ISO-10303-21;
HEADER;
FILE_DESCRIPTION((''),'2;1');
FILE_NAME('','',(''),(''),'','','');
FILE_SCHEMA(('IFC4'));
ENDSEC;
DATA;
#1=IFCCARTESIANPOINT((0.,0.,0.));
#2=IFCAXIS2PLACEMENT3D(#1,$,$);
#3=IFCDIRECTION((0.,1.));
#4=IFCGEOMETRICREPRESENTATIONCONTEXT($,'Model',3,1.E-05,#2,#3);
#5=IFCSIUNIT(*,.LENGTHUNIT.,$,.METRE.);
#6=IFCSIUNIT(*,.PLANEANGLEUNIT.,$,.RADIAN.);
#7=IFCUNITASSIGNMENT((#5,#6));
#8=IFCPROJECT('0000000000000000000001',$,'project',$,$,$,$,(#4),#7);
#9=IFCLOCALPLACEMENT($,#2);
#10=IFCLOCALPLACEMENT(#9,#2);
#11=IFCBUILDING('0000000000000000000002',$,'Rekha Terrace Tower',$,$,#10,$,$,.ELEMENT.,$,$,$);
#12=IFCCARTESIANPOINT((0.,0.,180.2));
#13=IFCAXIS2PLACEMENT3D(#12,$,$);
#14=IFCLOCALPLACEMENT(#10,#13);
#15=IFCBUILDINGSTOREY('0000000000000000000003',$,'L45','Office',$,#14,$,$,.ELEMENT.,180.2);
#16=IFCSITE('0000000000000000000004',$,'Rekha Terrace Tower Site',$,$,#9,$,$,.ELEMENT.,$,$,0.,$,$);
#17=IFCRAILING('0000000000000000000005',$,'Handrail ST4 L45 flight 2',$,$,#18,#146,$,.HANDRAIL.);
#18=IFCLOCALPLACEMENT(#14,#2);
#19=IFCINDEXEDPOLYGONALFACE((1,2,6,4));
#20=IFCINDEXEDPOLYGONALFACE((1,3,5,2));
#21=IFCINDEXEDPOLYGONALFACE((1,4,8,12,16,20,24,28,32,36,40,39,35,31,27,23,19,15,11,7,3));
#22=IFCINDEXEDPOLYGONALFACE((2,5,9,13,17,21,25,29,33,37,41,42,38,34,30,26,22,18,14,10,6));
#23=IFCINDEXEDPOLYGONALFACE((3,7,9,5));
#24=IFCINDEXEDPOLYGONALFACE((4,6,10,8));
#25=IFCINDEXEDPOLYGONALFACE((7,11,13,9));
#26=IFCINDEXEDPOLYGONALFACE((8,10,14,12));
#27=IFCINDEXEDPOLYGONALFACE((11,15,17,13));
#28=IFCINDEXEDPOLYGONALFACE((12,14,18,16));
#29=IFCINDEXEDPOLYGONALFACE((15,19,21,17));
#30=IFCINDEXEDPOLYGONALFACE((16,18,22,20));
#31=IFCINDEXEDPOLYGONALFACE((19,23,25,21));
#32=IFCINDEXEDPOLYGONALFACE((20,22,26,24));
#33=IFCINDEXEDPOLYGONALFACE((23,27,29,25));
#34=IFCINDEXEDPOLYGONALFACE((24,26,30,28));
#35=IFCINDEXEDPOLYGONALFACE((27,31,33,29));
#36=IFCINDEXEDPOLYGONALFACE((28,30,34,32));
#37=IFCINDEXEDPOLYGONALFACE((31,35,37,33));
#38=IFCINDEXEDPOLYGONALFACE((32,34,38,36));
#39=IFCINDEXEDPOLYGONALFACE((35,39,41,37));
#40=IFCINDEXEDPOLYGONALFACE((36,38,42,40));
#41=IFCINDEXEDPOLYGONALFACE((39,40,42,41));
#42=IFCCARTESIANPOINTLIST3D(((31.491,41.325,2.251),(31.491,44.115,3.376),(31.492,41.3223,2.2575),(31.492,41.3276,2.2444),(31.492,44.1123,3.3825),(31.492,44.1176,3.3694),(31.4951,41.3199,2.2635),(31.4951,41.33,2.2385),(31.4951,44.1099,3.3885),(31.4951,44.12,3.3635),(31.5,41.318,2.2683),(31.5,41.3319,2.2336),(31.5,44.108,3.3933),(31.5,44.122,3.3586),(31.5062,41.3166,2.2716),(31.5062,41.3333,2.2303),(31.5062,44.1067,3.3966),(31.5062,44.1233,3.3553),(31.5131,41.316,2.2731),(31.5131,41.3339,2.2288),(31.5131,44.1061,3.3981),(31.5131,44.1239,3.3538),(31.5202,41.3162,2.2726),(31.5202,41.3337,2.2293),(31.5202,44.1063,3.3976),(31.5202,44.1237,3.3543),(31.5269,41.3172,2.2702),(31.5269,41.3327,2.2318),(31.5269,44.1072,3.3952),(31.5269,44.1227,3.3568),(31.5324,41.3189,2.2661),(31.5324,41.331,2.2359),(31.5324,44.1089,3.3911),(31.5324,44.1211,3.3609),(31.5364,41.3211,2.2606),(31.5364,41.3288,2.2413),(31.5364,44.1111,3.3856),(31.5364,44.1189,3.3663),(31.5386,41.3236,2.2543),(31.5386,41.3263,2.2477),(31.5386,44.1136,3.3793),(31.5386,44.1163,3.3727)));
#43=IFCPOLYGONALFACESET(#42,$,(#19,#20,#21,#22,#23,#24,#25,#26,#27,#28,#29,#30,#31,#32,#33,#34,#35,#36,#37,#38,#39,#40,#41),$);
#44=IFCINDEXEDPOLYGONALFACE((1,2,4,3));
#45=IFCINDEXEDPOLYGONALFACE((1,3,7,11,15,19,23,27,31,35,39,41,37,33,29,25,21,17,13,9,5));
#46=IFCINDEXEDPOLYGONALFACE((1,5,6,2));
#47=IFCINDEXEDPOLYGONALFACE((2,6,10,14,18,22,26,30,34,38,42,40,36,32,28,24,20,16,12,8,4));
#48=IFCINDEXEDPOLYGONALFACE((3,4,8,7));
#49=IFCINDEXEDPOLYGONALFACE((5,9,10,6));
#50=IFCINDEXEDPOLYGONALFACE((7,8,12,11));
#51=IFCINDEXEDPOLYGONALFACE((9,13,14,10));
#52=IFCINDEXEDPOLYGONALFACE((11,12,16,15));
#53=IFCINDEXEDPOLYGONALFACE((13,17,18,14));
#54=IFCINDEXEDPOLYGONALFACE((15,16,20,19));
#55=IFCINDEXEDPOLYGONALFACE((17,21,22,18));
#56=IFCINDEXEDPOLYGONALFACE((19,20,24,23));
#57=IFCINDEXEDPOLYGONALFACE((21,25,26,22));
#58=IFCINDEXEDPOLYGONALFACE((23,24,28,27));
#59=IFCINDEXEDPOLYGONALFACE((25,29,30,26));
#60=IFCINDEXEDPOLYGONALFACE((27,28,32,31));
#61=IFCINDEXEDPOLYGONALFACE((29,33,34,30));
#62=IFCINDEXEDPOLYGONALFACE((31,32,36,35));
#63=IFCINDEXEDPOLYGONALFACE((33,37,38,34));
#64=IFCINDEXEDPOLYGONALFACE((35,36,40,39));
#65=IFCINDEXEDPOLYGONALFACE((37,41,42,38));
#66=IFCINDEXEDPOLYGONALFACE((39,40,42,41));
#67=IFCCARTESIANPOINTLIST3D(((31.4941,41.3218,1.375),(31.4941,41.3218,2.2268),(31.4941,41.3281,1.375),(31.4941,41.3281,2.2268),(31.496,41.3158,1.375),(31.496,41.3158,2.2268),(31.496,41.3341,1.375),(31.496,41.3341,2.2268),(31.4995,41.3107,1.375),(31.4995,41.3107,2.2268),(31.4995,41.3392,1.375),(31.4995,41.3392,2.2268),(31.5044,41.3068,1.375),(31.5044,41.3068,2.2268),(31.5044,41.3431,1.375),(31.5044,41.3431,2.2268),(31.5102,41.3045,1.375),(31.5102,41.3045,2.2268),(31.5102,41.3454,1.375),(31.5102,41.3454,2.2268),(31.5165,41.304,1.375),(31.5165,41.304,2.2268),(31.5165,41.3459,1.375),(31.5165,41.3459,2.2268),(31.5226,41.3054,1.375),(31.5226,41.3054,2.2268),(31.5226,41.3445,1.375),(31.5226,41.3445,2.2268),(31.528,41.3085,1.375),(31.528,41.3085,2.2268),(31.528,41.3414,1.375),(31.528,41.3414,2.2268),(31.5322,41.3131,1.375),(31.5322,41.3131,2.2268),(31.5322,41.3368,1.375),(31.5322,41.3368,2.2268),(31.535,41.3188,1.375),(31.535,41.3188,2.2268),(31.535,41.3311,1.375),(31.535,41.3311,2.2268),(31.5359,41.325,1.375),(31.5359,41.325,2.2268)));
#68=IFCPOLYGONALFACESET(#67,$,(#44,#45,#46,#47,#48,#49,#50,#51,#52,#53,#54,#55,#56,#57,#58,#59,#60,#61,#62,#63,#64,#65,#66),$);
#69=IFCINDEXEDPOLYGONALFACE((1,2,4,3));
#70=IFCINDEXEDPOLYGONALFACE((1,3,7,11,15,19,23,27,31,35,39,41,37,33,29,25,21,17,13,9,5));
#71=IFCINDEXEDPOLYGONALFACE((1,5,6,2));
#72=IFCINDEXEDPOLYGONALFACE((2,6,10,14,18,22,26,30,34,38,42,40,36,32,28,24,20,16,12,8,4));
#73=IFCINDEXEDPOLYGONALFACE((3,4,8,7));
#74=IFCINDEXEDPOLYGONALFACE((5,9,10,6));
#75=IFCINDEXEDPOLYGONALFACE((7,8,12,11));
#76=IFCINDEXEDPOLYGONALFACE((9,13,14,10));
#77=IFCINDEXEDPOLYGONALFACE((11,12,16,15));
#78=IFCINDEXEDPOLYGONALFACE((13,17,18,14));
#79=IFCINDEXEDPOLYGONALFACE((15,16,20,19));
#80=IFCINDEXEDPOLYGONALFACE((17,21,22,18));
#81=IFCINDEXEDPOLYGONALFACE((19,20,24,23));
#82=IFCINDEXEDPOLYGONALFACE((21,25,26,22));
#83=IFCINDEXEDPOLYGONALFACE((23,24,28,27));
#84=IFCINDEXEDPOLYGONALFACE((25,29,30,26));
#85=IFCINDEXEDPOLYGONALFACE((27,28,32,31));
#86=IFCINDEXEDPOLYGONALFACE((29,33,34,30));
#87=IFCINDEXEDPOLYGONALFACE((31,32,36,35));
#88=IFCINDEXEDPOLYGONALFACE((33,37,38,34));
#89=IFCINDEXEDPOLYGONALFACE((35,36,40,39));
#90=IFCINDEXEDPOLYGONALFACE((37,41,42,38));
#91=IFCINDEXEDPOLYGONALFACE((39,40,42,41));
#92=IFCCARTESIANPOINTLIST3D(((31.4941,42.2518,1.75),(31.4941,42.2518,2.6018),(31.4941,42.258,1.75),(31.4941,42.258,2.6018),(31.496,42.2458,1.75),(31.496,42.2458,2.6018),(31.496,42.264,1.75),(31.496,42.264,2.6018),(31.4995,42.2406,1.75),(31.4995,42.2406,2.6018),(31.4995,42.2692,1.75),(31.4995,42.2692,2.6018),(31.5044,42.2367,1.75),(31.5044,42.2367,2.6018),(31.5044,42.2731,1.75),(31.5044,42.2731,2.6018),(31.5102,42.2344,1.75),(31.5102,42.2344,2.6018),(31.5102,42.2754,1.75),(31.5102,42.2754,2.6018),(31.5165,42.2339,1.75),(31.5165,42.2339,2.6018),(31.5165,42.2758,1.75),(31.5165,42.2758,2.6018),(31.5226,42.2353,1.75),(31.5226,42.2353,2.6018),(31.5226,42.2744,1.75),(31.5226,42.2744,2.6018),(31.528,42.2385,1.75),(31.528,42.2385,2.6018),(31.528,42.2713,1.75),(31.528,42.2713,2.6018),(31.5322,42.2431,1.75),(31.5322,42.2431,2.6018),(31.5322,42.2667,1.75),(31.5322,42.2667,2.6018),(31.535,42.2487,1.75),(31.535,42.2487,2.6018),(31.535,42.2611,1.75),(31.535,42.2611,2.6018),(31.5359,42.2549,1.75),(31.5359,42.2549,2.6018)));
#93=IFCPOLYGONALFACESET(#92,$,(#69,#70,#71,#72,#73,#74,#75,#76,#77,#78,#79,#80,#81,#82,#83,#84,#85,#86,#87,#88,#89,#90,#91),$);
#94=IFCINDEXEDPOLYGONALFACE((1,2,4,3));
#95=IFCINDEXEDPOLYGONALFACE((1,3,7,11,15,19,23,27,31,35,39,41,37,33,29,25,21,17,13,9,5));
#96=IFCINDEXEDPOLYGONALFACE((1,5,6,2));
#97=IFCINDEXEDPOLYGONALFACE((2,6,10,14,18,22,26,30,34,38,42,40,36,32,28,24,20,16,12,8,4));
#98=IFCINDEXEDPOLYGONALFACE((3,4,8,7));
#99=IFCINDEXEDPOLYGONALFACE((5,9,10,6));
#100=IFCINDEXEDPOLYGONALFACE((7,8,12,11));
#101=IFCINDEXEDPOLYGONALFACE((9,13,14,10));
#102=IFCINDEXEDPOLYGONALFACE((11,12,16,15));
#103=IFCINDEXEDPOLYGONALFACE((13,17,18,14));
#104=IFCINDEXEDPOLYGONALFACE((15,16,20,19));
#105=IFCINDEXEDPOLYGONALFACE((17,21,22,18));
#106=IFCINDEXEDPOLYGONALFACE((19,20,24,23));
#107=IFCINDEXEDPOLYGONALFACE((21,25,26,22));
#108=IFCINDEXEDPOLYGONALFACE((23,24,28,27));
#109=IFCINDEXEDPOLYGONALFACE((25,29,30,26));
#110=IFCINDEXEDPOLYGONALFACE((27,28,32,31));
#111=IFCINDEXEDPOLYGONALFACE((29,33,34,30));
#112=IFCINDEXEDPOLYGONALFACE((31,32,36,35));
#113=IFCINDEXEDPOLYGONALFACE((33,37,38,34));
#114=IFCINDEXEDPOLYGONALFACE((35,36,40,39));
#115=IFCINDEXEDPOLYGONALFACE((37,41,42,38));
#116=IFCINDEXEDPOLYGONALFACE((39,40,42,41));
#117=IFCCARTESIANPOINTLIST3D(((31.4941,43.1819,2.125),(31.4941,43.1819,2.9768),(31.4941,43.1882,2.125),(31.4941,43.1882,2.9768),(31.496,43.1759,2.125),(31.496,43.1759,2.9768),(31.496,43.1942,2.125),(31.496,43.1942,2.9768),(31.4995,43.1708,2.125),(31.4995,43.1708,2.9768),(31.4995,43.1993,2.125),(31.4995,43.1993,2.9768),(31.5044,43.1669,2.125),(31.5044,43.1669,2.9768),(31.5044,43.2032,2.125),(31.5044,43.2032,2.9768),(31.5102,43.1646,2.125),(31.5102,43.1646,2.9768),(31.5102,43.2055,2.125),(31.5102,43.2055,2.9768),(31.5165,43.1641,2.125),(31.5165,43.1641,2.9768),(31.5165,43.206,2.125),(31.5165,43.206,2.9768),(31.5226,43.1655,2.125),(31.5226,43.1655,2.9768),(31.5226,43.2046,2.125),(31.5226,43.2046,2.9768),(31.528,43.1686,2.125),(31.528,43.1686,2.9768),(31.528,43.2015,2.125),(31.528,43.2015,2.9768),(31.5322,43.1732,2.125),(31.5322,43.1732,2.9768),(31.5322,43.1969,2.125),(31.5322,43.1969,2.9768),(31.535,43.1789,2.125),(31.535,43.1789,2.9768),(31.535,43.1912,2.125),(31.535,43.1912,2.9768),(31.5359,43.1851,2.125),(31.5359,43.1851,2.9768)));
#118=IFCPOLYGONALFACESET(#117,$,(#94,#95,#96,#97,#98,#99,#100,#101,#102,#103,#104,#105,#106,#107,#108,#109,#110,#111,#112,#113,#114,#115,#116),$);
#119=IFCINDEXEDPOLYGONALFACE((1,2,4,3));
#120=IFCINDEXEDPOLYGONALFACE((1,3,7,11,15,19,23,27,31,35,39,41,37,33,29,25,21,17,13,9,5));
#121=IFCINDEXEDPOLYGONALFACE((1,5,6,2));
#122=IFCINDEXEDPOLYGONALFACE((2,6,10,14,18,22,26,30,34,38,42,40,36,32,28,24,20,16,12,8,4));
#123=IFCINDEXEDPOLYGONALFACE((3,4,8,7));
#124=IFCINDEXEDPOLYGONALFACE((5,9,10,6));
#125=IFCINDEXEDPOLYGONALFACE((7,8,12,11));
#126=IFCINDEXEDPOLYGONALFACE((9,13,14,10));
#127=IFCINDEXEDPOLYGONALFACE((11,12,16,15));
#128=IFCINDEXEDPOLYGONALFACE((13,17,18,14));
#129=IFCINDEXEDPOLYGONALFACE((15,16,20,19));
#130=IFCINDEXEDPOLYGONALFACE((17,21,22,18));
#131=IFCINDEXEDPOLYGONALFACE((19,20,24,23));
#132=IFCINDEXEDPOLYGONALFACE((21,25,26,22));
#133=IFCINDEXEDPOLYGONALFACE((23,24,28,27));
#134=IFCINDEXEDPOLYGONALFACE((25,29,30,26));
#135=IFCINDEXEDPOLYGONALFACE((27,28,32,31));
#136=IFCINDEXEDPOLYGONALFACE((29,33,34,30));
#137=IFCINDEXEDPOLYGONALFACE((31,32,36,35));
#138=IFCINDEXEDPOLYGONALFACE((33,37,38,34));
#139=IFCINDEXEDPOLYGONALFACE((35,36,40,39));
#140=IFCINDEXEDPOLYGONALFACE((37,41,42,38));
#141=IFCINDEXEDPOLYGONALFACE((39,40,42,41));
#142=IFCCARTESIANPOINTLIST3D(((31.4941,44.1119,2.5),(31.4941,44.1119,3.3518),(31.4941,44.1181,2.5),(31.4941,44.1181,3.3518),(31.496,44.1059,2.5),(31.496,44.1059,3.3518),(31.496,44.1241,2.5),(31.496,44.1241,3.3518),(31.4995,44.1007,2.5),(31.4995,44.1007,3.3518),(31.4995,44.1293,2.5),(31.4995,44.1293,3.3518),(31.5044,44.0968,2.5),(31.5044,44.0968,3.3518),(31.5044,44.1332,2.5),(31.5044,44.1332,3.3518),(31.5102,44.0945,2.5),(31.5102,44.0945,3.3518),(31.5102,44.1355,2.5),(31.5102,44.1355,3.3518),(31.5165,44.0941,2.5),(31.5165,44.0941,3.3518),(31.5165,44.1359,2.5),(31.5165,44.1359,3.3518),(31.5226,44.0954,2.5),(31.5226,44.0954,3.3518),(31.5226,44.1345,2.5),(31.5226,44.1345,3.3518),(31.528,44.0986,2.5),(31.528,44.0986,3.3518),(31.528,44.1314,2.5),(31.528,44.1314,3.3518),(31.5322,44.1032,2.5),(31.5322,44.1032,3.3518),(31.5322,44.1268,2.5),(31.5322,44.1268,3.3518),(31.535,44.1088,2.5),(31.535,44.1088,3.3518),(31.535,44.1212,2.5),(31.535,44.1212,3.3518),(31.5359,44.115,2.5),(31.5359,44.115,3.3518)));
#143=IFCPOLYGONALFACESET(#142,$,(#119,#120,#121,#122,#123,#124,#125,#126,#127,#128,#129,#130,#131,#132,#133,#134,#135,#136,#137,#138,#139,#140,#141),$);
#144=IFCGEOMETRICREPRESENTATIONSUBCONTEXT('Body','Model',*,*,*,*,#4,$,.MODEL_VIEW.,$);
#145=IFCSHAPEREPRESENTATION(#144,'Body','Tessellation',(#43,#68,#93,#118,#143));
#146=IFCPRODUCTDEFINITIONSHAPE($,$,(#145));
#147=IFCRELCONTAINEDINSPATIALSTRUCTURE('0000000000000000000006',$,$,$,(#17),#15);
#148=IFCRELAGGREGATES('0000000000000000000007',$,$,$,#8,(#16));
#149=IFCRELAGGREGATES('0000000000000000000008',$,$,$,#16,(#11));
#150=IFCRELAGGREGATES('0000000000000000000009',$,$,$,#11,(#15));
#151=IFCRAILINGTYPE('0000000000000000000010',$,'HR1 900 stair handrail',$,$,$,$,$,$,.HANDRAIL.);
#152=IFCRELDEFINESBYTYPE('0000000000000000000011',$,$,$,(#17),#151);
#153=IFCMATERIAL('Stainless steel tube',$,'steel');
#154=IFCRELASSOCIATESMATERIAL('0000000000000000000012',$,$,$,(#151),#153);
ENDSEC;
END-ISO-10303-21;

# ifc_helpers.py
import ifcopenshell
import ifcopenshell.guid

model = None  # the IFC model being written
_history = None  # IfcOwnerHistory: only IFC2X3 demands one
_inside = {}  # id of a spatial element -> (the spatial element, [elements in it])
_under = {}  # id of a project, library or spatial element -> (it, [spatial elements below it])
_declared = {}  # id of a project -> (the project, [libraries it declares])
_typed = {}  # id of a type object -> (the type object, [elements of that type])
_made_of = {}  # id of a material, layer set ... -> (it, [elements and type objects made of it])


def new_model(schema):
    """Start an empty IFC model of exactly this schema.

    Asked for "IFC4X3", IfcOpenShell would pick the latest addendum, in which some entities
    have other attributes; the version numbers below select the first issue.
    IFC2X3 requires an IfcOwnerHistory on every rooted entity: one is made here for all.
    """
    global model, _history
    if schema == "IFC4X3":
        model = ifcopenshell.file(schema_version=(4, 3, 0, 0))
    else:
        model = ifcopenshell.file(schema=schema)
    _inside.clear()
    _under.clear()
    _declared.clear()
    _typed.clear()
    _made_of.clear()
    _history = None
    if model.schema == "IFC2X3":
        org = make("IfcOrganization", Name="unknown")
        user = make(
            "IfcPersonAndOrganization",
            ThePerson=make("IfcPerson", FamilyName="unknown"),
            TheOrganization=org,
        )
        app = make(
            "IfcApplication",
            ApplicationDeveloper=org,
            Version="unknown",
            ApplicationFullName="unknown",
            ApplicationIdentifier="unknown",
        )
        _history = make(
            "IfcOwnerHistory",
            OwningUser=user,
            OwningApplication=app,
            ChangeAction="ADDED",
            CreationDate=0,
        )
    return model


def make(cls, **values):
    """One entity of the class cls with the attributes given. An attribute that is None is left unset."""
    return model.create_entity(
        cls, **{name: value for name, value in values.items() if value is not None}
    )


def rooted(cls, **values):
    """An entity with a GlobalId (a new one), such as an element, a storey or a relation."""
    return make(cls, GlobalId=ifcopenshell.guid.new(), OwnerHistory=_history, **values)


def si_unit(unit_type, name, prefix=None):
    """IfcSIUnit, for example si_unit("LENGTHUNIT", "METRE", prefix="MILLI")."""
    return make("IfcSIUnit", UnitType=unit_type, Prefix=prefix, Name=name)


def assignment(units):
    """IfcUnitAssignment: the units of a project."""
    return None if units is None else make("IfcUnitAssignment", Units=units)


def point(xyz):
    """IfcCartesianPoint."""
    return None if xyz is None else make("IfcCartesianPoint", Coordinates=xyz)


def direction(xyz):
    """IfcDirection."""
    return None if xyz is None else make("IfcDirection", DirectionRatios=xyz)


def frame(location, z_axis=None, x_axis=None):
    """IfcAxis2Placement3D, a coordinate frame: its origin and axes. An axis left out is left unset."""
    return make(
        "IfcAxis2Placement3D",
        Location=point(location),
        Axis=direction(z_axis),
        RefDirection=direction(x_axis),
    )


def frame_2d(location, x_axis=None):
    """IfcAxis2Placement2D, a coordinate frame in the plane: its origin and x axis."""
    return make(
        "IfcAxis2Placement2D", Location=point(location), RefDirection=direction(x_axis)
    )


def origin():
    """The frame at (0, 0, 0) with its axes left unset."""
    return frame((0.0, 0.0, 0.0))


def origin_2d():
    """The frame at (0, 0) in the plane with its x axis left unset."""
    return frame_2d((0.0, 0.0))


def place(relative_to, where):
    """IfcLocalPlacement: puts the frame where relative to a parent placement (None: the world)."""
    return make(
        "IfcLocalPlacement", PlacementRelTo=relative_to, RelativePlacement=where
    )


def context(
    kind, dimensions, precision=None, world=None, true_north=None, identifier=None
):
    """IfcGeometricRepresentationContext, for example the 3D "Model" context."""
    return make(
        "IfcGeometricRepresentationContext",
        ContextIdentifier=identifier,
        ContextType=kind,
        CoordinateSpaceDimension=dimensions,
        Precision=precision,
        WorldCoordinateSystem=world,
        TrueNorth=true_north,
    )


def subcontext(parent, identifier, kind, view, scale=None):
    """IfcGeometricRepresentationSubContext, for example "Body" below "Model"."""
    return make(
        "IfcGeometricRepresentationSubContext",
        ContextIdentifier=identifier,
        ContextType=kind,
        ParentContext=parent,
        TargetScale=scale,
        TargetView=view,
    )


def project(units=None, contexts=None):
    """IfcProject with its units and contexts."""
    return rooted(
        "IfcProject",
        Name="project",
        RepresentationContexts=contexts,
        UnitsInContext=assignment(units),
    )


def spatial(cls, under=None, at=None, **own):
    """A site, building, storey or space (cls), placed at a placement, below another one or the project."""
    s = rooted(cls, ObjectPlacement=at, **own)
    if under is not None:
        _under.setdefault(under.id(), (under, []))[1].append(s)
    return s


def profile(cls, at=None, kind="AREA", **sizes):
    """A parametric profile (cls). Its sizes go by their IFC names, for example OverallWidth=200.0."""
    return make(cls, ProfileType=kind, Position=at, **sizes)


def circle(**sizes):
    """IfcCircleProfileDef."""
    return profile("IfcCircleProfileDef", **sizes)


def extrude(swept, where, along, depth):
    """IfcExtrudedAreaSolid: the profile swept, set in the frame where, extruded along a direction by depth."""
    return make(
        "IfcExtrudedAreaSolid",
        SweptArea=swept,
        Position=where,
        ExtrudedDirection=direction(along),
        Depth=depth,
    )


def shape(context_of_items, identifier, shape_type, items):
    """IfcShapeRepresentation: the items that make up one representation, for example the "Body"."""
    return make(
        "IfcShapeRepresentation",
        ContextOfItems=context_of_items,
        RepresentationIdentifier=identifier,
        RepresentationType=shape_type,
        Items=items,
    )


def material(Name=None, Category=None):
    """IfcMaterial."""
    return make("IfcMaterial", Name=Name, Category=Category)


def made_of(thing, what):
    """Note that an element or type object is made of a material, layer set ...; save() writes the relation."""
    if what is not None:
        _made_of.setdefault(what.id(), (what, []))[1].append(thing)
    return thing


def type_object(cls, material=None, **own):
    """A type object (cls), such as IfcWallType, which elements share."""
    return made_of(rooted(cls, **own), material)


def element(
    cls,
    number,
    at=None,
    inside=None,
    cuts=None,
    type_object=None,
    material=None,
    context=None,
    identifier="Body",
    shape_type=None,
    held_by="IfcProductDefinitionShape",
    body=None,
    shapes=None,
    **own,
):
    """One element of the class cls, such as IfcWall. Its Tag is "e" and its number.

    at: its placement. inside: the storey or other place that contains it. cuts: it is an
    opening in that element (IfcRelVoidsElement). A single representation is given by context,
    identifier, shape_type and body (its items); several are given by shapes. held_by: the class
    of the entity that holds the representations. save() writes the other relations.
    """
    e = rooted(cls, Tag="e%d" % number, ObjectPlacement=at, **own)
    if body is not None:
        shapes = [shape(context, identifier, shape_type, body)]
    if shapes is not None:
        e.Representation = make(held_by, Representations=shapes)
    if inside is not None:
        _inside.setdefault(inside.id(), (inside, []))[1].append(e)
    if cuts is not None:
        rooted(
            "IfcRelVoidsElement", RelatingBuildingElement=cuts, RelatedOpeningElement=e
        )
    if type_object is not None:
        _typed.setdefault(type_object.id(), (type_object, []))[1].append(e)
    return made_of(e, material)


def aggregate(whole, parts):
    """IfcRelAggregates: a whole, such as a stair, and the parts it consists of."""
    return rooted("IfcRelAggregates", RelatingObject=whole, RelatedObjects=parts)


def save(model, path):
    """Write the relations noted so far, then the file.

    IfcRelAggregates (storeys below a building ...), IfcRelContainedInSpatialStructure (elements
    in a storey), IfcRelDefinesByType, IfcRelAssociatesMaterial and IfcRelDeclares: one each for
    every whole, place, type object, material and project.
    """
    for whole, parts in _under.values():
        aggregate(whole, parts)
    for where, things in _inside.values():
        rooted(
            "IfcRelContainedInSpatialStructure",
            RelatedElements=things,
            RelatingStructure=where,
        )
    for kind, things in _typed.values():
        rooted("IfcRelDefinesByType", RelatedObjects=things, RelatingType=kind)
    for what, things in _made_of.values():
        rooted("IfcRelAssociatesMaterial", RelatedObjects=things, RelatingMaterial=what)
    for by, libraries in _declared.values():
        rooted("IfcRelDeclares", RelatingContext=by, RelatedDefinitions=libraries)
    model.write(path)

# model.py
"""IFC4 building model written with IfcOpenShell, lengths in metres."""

from ifc_helpers import new_model, si_unit, direction, frame, origin, origin_2d, place, context, subcontext, project, spatial, circle, extrude, material, type_object, element, save


model = new_model("IFC4")

# Units and contexts
model_context = context("Model", 3, precision=1e-05, world=origin(), true_north=direction((0.0, 1.0)))
body_context = subcontext(model_context, "Body", "Model", "MODEL_VIEW")
ifc_project = project(units=[si_unit("LENGTHUNIT", "METRE"), si_unit("PLANEANGLEUNIT", "RADIAN")], contexts=[model_context])

# Site, building, storey
site_placement = place(None, origin())
site = spatial("IfcSite", under=ifc_project, at=site_placement, Name="Rekha Terrace Tower Site", CompositionType="ELEMENT", RefElevation=0.0)
building_placement = place(site_placement, origin())
building = spatial("IfcBuilding", under=site, at=building_placement, Name="Rekha Terrace Tower", CompositionType="ELEMENT")
storey_placement = place(building_placement, frame((0.0, 0.0, 180.2)))
storey = spatial("IfcBuildingStorey", under=building, at=storey_placement, Name="L45", Description="Office", CompositionType="ELEMENT", Elevation=180.2)

# Railing
ifc_material_1 = material(Name="Stainless steel tube", Category="steel")
railing_type_1 = type_object("IfcRailingType", Name="HR1 900 stair handrail", PredefinedType="HANDRAIL", material=ifc_material_1)
railing_1_placement = place(storey_placement, frame((31.5149, 41.325, 1.375)))
element("IfcRailing", 1, at=railing_1_placement, inside=storey, type_object=railing_type_1, Name="Handrail ST4 L45 flight 2", PredefinedType="HANDRAIL", context=body_context, shape_type="SweptSolid", body=[
    extrude(circle(Radius=0.0239, at=origin_2d()), frame((0.0, 0.0, 0.876), z_axis=(0.0, 0.927443, 0.373964), x_axis=(-1.0, 0.0, 0.0)), (0.0, 0.0, 1.0), 3.0083),
    extrude(circle(Radius=0.021, at=origin_2d()), origin(), (0.0, 0.0, 1.0), 0.8518),
    extrude(circle(Radius=0.021, at=origin_2d()), frame((0.0, 0.9299, 0.375)), (0.0, 0.0, 1.0), 0.8518),
    extrude(circle(Radius=0.021, at=origin_2d()), frame((0.0, 1.8601, 0.75)), (0.0, 0.0, 1.0), 0.8518),
    extrude(circle(Radius=0.021, at=origin_2d()), frame((0.0, 2.79, 1.125)), (0.0, 0.0, 1.0), 0.8518),
])

save(model, "model.ifc")
